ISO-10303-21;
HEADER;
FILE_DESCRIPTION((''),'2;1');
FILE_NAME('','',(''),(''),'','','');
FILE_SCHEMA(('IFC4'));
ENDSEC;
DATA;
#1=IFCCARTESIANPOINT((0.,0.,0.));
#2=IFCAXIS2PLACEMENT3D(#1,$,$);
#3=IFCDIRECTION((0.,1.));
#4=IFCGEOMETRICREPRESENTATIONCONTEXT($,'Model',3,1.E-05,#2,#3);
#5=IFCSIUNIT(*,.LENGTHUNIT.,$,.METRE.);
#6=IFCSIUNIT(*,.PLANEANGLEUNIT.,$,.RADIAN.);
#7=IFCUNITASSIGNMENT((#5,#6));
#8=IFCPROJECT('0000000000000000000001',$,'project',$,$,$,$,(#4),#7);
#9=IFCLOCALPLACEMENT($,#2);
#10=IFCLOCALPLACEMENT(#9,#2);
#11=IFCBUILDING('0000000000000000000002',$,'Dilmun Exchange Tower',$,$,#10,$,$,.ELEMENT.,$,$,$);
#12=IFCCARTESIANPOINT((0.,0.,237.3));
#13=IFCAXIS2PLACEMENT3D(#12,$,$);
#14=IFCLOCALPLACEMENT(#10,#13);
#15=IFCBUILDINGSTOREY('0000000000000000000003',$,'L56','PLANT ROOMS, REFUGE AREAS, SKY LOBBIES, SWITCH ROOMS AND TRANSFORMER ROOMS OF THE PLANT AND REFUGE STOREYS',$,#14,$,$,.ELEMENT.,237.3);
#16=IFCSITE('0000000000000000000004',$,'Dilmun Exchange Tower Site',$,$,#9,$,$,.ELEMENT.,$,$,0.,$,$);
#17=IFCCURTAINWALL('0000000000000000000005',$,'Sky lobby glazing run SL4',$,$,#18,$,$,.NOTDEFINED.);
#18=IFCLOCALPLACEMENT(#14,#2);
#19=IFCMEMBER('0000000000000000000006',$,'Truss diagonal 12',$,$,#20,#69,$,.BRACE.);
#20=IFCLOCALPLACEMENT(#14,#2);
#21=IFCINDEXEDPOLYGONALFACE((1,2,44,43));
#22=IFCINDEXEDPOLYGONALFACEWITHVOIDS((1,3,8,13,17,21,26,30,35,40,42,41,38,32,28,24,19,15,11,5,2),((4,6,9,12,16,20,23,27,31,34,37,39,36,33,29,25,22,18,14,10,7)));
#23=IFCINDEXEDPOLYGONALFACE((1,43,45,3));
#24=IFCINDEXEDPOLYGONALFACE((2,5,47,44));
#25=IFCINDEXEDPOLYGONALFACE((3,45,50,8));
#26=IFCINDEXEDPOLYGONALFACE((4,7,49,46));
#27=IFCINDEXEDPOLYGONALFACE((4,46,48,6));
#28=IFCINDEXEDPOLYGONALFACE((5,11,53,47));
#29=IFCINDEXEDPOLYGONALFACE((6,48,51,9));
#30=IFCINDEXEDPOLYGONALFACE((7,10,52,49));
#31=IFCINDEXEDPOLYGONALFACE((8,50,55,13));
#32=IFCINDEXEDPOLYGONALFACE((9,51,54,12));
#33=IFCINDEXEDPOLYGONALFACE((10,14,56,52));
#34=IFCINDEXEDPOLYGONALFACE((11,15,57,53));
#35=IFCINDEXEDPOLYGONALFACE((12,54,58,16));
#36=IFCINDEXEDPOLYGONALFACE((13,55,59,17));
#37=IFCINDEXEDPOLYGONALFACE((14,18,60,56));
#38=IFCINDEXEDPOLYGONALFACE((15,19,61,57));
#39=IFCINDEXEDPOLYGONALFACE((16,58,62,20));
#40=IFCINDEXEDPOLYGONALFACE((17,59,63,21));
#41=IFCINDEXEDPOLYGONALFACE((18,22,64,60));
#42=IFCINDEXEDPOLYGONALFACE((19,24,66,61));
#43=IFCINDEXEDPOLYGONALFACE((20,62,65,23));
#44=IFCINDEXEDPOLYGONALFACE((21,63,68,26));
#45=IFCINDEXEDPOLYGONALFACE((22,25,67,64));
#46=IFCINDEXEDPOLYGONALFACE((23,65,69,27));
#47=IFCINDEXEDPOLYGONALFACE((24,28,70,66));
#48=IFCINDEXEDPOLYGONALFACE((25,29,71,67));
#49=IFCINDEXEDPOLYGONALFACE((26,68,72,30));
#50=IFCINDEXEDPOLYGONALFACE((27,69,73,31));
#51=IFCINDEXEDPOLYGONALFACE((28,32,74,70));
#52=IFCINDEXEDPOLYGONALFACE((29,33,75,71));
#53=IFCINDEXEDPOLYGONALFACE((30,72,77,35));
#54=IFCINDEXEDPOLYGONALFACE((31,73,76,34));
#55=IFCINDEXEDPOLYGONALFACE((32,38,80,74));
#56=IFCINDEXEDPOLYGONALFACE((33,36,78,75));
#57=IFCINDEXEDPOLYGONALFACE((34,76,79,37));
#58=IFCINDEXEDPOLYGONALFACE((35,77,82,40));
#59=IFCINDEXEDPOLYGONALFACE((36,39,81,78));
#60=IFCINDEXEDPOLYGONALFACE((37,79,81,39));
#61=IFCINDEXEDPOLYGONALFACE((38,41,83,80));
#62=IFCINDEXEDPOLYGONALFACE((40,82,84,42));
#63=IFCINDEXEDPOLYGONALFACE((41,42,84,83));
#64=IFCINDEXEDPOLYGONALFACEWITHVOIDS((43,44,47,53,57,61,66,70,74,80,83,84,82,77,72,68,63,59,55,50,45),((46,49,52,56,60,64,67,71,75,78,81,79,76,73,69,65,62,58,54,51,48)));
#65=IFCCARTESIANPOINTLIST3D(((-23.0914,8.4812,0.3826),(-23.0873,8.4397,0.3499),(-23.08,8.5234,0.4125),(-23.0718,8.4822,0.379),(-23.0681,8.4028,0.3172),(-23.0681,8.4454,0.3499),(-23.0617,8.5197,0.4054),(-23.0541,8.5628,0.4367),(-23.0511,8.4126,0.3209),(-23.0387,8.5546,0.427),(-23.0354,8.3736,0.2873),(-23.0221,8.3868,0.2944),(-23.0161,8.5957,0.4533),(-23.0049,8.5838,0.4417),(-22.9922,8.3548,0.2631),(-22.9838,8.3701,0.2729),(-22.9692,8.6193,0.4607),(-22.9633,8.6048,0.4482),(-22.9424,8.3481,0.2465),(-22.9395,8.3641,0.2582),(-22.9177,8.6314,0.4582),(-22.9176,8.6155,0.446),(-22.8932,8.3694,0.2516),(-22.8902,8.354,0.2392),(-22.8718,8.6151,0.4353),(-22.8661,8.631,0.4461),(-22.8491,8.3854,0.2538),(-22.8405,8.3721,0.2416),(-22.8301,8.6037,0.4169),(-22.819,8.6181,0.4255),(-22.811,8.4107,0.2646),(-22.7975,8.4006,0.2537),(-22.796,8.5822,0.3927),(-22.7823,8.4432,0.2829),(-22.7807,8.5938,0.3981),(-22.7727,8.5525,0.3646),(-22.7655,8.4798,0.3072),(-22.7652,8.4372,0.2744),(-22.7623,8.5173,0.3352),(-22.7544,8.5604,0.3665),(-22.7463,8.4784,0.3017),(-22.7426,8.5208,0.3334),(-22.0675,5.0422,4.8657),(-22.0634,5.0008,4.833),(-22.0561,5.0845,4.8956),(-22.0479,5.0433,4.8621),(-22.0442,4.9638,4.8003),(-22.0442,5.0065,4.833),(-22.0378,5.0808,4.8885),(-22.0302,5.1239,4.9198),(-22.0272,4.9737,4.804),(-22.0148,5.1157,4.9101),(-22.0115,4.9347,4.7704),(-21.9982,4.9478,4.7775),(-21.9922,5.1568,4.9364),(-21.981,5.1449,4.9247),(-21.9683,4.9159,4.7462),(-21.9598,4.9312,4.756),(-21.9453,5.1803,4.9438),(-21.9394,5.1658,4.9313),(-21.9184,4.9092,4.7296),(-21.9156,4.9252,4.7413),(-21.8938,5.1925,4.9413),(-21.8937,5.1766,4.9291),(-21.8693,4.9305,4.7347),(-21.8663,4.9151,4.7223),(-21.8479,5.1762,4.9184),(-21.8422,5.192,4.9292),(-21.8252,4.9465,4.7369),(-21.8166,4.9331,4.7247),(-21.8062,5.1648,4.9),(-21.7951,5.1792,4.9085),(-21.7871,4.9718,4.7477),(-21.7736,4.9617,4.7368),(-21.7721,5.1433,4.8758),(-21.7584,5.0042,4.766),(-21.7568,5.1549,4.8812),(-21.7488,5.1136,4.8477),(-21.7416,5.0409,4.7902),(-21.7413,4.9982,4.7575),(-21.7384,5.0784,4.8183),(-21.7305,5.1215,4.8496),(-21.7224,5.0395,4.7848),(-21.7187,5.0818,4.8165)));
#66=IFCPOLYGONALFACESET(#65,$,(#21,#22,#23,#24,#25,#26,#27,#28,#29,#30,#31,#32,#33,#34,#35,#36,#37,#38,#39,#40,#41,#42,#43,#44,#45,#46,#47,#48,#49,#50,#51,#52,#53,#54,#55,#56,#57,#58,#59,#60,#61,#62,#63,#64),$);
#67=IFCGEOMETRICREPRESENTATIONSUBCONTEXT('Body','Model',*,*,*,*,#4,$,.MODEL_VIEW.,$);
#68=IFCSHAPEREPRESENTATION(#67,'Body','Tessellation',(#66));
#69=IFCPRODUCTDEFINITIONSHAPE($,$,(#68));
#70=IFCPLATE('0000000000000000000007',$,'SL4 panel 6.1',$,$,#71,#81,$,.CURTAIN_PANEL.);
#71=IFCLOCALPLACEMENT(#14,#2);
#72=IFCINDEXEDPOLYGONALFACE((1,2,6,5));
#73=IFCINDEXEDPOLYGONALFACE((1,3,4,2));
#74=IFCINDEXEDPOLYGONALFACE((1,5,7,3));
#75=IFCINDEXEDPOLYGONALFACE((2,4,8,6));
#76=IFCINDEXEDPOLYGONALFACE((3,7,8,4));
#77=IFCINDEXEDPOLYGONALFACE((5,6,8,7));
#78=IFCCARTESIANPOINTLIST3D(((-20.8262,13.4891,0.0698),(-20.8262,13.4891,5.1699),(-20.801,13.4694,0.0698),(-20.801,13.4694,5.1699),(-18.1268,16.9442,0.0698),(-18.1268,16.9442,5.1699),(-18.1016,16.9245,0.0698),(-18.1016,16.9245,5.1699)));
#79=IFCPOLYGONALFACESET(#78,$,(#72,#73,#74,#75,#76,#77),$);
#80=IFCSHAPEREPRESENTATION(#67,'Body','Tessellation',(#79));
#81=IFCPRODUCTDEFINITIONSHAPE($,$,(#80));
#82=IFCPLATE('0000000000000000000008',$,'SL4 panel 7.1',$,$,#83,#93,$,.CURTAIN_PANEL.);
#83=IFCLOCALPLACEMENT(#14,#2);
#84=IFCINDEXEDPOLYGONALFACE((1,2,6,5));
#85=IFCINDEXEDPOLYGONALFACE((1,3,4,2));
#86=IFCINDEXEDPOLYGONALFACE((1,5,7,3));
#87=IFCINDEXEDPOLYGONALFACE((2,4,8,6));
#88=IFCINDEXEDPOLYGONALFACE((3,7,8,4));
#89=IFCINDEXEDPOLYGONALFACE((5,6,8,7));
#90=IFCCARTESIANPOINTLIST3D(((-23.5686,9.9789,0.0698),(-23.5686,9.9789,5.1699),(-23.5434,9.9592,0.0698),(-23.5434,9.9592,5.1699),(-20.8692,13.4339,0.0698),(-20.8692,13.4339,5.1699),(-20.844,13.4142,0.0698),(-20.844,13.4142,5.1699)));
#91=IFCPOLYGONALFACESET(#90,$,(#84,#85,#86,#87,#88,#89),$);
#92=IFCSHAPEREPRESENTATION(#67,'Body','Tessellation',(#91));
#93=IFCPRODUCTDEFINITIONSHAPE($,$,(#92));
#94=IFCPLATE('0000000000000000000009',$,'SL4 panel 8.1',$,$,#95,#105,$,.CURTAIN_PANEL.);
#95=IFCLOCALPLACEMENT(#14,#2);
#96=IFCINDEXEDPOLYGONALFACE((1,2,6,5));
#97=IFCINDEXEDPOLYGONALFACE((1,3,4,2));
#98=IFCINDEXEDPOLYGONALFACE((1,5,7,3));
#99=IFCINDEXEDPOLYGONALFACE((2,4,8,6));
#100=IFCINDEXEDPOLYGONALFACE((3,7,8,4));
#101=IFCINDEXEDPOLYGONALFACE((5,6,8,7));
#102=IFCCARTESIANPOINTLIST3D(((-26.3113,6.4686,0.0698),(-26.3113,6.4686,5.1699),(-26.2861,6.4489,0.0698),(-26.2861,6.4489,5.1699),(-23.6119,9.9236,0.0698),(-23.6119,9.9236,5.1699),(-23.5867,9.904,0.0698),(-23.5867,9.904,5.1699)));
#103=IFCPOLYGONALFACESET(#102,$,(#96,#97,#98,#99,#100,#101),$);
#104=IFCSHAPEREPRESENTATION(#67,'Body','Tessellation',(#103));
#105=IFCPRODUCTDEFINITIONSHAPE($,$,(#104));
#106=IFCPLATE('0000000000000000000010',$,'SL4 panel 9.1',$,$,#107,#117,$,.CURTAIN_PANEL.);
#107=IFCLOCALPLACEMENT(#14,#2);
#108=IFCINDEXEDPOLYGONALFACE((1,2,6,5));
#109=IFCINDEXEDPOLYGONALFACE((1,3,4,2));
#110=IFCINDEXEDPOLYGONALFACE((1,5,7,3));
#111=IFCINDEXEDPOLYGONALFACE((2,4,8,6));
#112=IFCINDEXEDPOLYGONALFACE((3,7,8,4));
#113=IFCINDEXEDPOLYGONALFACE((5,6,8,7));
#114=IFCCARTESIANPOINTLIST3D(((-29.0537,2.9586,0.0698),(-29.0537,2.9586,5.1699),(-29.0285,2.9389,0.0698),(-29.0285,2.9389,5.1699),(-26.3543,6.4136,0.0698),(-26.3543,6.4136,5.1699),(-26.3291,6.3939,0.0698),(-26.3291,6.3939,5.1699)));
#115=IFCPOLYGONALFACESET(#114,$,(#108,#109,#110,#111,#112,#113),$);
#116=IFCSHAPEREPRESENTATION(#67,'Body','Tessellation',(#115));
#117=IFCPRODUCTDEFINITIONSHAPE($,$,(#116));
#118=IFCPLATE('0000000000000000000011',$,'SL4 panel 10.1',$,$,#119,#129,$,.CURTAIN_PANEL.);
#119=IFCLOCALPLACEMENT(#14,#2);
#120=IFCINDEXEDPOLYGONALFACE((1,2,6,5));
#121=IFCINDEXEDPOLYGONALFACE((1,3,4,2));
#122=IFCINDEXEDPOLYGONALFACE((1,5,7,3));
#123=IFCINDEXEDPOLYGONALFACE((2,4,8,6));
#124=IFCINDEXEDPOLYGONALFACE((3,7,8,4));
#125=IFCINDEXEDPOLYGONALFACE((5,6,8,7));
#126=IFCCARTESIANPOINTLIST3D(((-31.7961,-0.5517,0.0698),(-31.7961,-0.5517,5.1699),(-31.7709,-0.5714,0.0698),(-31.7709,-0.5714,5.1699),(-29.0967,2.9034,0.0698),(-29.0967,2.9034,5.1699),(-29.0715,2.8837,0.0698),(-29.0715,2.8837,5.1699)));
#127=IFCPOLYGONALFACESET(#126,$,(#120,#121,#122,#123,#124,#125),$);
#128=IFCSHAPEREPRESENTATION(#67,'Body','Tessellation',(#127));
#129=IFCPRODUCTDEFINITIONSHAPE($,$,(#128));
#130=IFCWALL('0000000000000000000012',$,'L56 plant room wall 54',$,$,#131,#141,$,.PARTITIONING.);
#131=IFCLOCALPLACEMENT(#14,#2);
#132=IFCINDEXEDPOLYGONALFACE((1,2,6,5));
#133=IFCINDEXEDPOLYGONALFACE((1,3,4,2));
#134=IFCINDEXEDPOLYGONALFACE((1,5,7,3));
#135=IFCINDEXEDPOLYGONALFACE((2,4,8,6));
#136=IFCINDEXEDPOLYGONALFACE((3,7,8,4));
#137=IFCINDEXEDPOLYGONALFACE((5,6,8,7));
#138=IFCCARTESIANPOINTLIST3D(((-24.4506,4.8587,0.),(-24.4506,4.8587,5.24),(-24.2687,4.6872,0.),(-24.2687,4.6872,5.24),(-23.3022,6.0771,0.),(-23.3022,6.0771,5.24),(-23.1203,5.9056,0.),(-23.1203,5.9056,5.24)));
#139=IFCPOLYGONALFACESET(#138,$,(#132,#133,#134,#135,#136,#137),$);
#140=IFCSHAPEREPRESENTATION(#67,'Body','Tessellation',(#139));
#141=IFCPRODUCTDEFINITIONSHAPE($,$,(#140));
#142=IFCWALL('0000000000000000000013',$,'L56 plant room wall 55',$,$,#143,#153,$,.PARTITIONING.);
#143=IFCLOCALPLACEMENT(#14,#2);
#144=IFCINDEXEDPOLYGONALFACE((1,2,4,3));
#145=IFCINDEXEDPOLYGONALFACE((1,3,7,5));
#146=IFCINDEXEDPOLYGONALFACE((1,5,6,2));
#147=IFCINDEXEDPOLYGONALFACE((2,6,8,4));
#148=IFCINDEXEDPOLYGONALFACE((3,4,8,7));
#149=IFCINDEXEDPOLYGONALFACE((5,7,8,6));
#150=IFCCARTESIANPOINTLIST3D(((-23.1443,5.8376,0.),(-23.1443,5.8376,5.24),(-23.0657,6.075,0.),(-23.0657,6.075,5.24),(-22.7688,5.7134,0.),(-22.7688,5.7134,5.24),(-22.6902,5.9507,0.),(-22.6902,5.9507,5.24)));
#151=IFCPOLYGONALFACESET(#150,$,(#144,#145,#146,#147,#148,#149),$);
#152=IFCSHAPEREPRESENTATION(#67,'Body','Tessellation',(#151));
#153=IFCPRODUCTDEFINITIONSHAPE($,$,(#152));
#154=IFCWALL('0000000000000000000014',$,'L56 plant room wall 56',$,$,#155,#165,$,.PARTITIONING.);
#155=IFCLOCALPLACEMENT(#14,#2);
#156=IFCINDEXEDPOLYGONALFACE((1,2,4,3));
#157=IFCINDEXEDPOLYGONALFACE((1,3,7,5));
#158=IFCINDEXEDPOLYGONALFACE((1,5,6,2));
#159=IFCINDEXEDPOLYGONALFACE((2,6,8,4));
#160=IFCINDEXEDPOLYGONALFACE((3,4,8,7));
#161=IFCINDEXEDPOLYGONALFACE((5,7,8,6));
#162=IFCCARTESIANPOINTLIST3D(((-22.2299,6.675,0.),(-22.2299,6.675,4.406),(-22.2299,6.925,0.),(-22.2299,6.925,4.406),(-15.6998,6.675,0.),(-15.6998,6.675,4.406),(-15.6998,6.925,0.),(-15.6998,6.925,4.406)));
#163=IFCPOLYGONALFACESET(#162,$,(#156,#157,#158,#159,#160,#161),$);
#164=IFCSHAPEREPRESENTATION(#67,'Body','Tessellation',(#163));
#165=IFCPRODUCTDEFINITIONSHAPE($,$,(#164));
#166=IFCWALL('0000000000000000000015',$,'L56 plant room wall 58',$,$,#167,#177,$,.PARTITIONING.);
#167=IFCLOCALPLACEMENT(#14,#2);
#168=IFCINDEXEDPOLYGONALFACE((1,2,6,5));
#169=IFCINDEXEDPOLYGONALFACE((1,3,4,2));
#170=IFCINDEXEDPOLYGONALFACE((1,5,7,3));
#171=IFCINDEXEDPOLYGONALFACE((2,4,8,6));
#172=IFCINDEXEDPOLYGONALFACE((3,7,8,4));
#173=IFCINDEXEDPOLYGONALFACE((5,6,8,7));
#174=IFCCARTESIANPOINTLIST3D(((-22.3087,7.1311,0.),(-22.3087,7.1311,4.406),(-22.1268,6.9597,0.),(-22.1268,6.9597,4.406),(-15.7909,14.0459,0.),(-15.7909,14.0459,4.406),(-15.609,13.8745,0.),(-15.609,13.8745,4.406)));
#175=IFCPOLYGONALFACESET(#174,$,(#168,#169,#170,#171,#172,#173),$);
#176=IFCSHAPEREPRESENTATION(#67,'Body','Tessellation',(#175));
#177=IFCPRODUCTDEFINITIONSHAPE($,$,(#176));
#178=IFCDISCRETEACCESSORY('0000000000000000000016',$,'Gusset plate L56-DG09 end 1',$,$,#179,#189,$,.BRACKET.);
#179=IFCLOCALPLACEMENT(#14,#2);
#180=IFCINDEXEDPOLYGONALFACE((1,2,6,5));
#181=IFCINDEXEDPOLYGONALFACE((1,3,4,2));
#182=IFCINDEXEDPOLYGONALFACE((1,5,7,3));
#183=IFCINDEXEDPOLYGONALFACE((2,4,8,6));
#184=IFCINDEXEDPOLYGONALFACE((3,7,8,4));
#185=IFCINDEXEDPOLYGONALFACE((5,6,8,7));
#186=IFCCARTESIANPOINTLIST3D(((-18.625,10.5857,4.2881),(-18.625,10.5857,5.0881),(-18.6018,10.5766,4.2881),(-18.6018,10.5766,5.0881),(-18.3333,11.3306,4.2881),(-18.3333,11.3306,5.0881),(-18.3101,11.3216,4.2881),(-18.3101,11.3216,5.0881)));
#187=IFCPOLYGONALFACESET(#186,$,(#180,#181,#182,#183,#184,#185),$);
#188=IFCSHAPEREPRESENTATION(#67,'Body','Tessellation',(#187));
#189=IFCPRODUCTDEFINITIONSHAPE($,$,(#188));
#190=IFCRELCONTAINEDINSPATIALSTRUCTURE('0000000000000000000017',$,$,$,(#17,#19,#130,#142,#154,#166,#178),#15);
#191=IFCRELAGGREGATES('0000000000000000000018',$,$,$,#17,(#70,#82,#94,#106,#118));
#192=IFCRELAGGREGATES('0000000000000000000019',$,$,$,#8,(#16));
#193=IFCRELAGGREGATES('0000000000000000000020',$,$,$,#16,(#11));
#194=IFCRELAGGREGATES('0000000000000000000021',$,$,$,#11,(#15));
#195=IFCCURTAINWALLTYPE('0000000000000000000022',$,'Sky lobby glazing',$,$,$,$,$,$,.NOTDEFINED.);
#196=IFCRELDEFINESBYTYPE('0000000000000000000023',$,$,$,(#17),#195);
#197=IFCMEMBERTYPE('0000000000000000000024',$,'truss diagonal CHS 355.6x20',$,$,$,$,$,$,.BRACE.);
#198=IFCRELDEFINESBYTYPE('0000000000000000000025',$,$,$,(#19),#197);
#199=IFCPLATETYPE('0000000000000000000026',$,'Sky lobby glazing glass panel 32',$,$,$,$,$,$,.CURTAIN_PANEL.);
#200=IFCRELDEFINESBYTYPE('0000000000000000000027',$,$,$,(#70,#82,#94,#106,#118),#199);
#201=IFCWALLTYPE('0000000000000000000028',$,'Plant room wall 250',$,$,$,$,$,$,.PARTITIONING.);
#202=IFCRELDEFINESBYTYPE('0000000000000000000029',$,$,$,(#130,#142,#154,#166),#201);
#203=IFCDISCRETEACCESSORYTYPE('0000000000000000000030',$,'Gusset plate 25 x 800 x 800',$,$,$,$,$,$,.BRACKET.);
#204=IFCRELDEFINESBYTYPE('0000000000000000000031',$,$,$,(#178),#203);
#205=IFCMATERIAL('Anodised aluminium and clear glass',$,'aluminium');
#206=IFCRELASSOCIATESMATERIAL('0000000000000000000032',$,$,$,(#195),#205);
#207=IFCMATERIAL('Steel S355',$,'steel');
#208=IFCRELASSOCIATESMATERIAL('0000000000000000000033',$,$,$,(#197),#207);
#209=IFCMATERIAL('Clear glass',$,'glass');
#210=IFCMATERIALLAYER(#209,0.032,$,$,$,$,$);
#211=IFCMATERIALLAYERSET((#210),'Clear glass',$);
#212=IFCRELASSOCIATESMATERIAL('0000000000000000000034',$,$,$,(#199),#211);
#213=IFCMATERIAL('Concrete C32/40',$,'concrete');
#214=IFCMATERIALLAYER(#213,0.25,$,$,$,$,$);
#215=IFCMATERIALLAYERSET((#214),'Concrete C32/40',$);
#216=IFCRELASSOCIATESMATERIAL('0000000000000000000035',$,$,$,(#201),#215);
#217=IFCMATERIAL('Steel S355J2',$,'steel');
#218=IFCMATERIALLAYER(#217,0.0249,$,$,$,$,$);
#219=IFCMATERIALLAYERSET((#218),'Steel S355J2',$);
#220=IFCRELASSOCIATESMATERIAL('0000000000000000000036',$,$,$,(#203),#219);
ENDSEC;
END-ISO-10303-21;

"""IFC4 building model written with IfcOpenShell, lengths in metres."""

from ifc_helpers import new_model, si_unit, direction, frame, frame_2d, origin, origin_2d, place, context, subcontext, project, spatial, rectangle, hollow_circle, extrude, material, layer, layer_set, material_profile, profile_set, type_object, element, aggregate, save


model = new_model("IFC4")

# Units and contexts
model_context = context("Model", 3, precision=1e-05, world=origin(), true_north=direction((0.0, 1.0)))
body_context = subcontext(model_context, "Body", "Model", "MODEL_VIEW")
ifc_project = project(units=[si_unit("LENGTHUNIT", "METRE"), si_unit("PLANEANGLEUNIT", "RADIAN")], contexts=[model_context])

# Site, building, storey
site_placement = place(None, origin())
site = spatial("IfcSite", under=ifc_project, at=site_placement, Name="Dilmun Exchange Tower Site", CompositionType="ELEMENT", RefElevation=0.0)
building_placement = place(site_placement, origin())
building = spatial("IfcBuilding", under=site, at=building_placement, Name="Dilmun Exchange Tower", CompositionType="ELEMENT")
storey_placement = place(building_placement, frame((0.0, 0.0, 237.3)))
storey = spatial("IfcBuildingStorey", under=building, at=storey_placement, Name="L56", Description="PLANT ROOMS, REFUGE AREAS, SKY LOBBIES, SWITCH ROOMS AND TRANSFORMER ROOMS OF THE PLANT AND REFUGE STOREYS", CompositionType="ELEMENT", Elevation=237.3)

# Curtain wall
ifc_material_1 = material(Name="Anodised aluminium and clear glass", Category="aluminium")
curtain_wall_type = type_object("IfcCurtainWallType", Name="Sky lobby glazing", PredefinedType="NOTDEFINED", material=ifc_material_1)
curtain_wall_placement = place(storey_placement, origin())
curtain_wall = element("IfcCurtainWall", 1, at=curtain_wall_placement, inside=storey, type_object=curtain_wall_type, Name="Sky lobby glazing run SL4", PredefinedType="NOTDEFINED")

# Shared definitions
ifc_material_2 = material(Name="Steel S355", Category="steel")

# Member
ifc_material_profile_1 = material_profile(ifc_material_2, hollow_circle(Radius=0.1777, WallThickness=0.02, at=origin_2d()), Name="CHS 355.6x20")
ifc_profile_set_1 = profile_set([ifc_material_profile_1], Name="Steel S355")
member_type_1 = type_object("IfcMemberType", Name="truss diagonal CHS 355.6x20", PredefinedType="BRACE", material=ifc_profile_set_1)
member_1_placement = place(storey_placement, frame((-21.8931, 5.0515, 4.833), z_axis=(-0.178314, 0.598887, -0.78073), x_axis=(-0.95842, -0.285362, 0.0)))
element("IfcMember", 2, at=member_1_placement, inside=storey, type_object=member_type_1, Name="Truss diagonal 12", PredefinedType="BRACE", context=body_context, shape_type="SweptSolid", body=[
    extrude(hollow_circle(Radius=0.1777, WallThickness=0.02, at=origin_2d()), origin(), (0.0, 0.0, 1.0), 5.7422),
])

# Plates
ifc_material_3 = material(Name="Clear glass", Category="glass")
ifc_layer_1 = layer(ifc_material_3, 0.032)
ifc_layer_set_1 = layer_set([ifc_layer_1], Name="Clear glass")
plate_type = type_object("IfcPlateType", Name="Sky lobby glazing glass panel 32", PredefinedType="CURTAIN_PANEL", material=ifc_layer_set_1)
plate_1_placement = place(storey_placement, frame((-19.4639, 15.2068, 0.0698), z_axis=(0.0, 0.0, 1.0), x_axis=(-0.615662, -0.788011, 0.0)))
plate_1 = element("IfcPlate", 3, at=plate_1_placement, type_object=plate_type, Name="SL4 panel 6.1", PredefinedType="CURTAIN_PANEL", context=body_context, shape_type="SweptSolid", body=[
    extrude(rectangle(XDim=4.3845, YDim=0.032, at=origin_2d()), origin(), (0.0, 0.0, 1.0), 5.1001),
])
plate_2_placement = place(storey_placement, frame((-22.2063, 11.6965, 0.0698), z_axis=(0.0, 0.0, 1.0), x_axis=(-0.615662, -0.788011, 0.0)))
plate_2 = element("IfcPlate", 4, at=plate_2_placement, type_object=plate_type, Name="SL4 panel 7.1", PredefinedType="CURTAIN_PANEL", context=body_context, shape_type="SweptSolid", body=[
    extrude(rectangle(XDim=4.3845, YDim=0.032, at=origin_2d()), origin(), (0.0, 0.0, 1.0), 5.1001),
])
plate_3_placement = place(storey_placement, frame((-24.949, 8.1863, 0.0698), z_axis=(0.0, 0.0, 1.0), x_axis=(-0.615662, -0.788011, 0.0)))
plate_3 = element("IfcPlate", 5, at=plate_3_placement, type_object=plate_type, Name="SL4 panel 8.1", PredefinedType="CURTAIN_PANEL", context=body_context, shape_type="SweptSolid", body=[
    extrude(rectangle(XDim=4.3845, YDim=0.032, at=origin_2d()), origin(), (0.0, 0.0, 1.0), 5.1001),
])
plate_4_placement = place(storey_placement, frame((-27.6914, 4.6763, 0.0698), z_axis=(0.0, 0.0, 1.0), x_axis=(-0.615662, -0.788011, 0.0)))
plate_4 = element("IfcPlate", 6, at=plate_4_placement, type_object=plate_type, Name="SL4 panel 9.1", PredefinedType="CURTAIN_PANEL", context=body_context, shape_type="SweptSolid", body=[
    extrude(rectangle(XDim=4.3845, YDim=0.032, at=origin_2d()), origin(), (0.0, 0.0, 1.0), 5.1001),
])
plate_5_placement = place(storey_placement, frame((-30.4338, 1.166, 0.0698), z_axis=(0.0, 0.0, 1.0), x_axis=(-0.615662, -0.788011, 0.0)))
plate_5 = element("IfcPlate", 7, at=plate_5_placement, type_object=plate_type, Name="SL4 panel 10.1", PredefinedType="CURTAIN_PANEL", context=body_context, shape_type="SweptSolid", body=[
    extrude(rectangle(XDim=4.3845, YDim=0.032, at=origin_2d()), origin(), (0.0, 0.0, 1.0), 5.1001),
])
aggregate(curtain_wall, [plate_1, plate_2, plate_3, plate_4, plate_5])

# Walls
ifc_material_4 = material(Name="Concrete C32/40", Category="concrete")
ifc_layer_2 = layer(ifc_material_4, 0.25)
ifc_layer_set_2 = layer_set([ifc_layer_2], Name="Concrete C32/40")
wall_type = type_object("IfcWallType", Name="Plant room wall 250", PredefinedType="PARTITIONING", material=ifc_layer_set_2)
wall_1_placement = place(storey_placement, frame((-24.3596, 4.7729, 0.0), z_axis=(0.0, 0.0, 1.0), x_axis=(0.685874, 0.72772, 0.0)))
element("IfcWall", 8, at=wall_1_placement, inside=storey, type_object=wall_type, Name="L56 plant room wall 54", PredefinedType="PARTITIONING", context=body_context, shape_type="SweptSolid", body=[
    extrude(rectangle(XDim=1.6743, YDim=0.25, at=frame_2d((0.8372, 0.0))), origin(), (0.0, 0.0, 1.0), 5.24),
])
wall_2_placement = place(storey_placement, frame((-23.105, 5.9563, 0.0), z_axis=(0.0, 0.0, 1.0), x_axis=(0.94936, -0.31419, 0.0)))
element("IfcWall", 9, at=wall_2_placement, inside=storey, type_object=wall_type, Name="L56 plant room wall 55", PredefinedType="PARTITIONING", context=body_context, shape_type="SweptSolid", body=[
    extrude(rectangle(XDim=0.3955, YDim=0.25, at=frame_2d((0.1978, 0.0))), origin(), (0.0, 0.0, 1.0), 5.24),
])
wall_3_placement = place(storey_placement, frame((-22.23, 6.8, 0.0), z_axis=(0.0, 0.0, 1.0), x_axis=(1.0, 0.0, 0.0)))
element("IfcWall", 10, at=wall_3_placement, inside=storey, type_object=wall_type, Name="L56 plant room wall 56", PredefinedType="PARTITIONING", context=body_context, shape_type="SweptSolid", body=[
    extrude(rectangle(XDim=6.53, YDim=0.25, at=frame_2d((3.2651, 0.0))), origin(), (0.0, 0.0, 1.0), 4.406),
])
wall_4_placement = place(storey_placement, frame((-22.2178, 7.0454, 0.0), z_axis=(0.0, 0.0, 1.0), x_axis=(0.68591, 0.727686, 0.0)))
element("IfcWall", 11, at=wall_4_placement, inside=storey, type_object=wall_type, Name="L56 plant room wall 58", PredefinedType="PARTITIONING", context=body_context, shape_type="SweptSolid", body=[
    extrude(rectangle(XDim=9.5024, YDim=0.25, at=frame_2d((4.7512, 0.0))), origin(), (0.0, 0.0, 1.0), 4.406),
])

# Discrete accessory
ifc_material_5 = material(Name="Steel S355J2", Category="steel")
ifc_layer_3 = layer(ifc_material_5, 0.0249)
ifc_layer_set_3 = layer_set([ifc_layer_3], Name="Steel S355J2")
discrete_accessory_type = type_object("IfcDiscreteAccessoryType", Name="Gusset plate 25 x 800 x 800", PredefinedType="BRACKET", material=ifc_layer_set_3)
for number, where, z_axis, x_axis, name in (
    (12, (-18.4675, 10.9536, 4.2881), (0.0, 0.0, 1.0), (0.364579, 0.931172, 0.0), "Gusset plate L56-DG09 end 1"),
):
    element("IfcDiscreteAccessory", number, at=place(storey_placement, frame(where, z_axis=z_axis, x_axis=x_axis)), inside=storey, type_object=discrete_accessory_type, Name=name, PredefinedType="BRACKET", context=body_context, shape_type="SweptSolid", body=[
        extrude(rectangle(XDim=0.8, YDim=0.0249, at=origin_2d()), origin(), (0.0, 0.0, 1.0), 0.8),
    ])

save(model, "model.ifc")
